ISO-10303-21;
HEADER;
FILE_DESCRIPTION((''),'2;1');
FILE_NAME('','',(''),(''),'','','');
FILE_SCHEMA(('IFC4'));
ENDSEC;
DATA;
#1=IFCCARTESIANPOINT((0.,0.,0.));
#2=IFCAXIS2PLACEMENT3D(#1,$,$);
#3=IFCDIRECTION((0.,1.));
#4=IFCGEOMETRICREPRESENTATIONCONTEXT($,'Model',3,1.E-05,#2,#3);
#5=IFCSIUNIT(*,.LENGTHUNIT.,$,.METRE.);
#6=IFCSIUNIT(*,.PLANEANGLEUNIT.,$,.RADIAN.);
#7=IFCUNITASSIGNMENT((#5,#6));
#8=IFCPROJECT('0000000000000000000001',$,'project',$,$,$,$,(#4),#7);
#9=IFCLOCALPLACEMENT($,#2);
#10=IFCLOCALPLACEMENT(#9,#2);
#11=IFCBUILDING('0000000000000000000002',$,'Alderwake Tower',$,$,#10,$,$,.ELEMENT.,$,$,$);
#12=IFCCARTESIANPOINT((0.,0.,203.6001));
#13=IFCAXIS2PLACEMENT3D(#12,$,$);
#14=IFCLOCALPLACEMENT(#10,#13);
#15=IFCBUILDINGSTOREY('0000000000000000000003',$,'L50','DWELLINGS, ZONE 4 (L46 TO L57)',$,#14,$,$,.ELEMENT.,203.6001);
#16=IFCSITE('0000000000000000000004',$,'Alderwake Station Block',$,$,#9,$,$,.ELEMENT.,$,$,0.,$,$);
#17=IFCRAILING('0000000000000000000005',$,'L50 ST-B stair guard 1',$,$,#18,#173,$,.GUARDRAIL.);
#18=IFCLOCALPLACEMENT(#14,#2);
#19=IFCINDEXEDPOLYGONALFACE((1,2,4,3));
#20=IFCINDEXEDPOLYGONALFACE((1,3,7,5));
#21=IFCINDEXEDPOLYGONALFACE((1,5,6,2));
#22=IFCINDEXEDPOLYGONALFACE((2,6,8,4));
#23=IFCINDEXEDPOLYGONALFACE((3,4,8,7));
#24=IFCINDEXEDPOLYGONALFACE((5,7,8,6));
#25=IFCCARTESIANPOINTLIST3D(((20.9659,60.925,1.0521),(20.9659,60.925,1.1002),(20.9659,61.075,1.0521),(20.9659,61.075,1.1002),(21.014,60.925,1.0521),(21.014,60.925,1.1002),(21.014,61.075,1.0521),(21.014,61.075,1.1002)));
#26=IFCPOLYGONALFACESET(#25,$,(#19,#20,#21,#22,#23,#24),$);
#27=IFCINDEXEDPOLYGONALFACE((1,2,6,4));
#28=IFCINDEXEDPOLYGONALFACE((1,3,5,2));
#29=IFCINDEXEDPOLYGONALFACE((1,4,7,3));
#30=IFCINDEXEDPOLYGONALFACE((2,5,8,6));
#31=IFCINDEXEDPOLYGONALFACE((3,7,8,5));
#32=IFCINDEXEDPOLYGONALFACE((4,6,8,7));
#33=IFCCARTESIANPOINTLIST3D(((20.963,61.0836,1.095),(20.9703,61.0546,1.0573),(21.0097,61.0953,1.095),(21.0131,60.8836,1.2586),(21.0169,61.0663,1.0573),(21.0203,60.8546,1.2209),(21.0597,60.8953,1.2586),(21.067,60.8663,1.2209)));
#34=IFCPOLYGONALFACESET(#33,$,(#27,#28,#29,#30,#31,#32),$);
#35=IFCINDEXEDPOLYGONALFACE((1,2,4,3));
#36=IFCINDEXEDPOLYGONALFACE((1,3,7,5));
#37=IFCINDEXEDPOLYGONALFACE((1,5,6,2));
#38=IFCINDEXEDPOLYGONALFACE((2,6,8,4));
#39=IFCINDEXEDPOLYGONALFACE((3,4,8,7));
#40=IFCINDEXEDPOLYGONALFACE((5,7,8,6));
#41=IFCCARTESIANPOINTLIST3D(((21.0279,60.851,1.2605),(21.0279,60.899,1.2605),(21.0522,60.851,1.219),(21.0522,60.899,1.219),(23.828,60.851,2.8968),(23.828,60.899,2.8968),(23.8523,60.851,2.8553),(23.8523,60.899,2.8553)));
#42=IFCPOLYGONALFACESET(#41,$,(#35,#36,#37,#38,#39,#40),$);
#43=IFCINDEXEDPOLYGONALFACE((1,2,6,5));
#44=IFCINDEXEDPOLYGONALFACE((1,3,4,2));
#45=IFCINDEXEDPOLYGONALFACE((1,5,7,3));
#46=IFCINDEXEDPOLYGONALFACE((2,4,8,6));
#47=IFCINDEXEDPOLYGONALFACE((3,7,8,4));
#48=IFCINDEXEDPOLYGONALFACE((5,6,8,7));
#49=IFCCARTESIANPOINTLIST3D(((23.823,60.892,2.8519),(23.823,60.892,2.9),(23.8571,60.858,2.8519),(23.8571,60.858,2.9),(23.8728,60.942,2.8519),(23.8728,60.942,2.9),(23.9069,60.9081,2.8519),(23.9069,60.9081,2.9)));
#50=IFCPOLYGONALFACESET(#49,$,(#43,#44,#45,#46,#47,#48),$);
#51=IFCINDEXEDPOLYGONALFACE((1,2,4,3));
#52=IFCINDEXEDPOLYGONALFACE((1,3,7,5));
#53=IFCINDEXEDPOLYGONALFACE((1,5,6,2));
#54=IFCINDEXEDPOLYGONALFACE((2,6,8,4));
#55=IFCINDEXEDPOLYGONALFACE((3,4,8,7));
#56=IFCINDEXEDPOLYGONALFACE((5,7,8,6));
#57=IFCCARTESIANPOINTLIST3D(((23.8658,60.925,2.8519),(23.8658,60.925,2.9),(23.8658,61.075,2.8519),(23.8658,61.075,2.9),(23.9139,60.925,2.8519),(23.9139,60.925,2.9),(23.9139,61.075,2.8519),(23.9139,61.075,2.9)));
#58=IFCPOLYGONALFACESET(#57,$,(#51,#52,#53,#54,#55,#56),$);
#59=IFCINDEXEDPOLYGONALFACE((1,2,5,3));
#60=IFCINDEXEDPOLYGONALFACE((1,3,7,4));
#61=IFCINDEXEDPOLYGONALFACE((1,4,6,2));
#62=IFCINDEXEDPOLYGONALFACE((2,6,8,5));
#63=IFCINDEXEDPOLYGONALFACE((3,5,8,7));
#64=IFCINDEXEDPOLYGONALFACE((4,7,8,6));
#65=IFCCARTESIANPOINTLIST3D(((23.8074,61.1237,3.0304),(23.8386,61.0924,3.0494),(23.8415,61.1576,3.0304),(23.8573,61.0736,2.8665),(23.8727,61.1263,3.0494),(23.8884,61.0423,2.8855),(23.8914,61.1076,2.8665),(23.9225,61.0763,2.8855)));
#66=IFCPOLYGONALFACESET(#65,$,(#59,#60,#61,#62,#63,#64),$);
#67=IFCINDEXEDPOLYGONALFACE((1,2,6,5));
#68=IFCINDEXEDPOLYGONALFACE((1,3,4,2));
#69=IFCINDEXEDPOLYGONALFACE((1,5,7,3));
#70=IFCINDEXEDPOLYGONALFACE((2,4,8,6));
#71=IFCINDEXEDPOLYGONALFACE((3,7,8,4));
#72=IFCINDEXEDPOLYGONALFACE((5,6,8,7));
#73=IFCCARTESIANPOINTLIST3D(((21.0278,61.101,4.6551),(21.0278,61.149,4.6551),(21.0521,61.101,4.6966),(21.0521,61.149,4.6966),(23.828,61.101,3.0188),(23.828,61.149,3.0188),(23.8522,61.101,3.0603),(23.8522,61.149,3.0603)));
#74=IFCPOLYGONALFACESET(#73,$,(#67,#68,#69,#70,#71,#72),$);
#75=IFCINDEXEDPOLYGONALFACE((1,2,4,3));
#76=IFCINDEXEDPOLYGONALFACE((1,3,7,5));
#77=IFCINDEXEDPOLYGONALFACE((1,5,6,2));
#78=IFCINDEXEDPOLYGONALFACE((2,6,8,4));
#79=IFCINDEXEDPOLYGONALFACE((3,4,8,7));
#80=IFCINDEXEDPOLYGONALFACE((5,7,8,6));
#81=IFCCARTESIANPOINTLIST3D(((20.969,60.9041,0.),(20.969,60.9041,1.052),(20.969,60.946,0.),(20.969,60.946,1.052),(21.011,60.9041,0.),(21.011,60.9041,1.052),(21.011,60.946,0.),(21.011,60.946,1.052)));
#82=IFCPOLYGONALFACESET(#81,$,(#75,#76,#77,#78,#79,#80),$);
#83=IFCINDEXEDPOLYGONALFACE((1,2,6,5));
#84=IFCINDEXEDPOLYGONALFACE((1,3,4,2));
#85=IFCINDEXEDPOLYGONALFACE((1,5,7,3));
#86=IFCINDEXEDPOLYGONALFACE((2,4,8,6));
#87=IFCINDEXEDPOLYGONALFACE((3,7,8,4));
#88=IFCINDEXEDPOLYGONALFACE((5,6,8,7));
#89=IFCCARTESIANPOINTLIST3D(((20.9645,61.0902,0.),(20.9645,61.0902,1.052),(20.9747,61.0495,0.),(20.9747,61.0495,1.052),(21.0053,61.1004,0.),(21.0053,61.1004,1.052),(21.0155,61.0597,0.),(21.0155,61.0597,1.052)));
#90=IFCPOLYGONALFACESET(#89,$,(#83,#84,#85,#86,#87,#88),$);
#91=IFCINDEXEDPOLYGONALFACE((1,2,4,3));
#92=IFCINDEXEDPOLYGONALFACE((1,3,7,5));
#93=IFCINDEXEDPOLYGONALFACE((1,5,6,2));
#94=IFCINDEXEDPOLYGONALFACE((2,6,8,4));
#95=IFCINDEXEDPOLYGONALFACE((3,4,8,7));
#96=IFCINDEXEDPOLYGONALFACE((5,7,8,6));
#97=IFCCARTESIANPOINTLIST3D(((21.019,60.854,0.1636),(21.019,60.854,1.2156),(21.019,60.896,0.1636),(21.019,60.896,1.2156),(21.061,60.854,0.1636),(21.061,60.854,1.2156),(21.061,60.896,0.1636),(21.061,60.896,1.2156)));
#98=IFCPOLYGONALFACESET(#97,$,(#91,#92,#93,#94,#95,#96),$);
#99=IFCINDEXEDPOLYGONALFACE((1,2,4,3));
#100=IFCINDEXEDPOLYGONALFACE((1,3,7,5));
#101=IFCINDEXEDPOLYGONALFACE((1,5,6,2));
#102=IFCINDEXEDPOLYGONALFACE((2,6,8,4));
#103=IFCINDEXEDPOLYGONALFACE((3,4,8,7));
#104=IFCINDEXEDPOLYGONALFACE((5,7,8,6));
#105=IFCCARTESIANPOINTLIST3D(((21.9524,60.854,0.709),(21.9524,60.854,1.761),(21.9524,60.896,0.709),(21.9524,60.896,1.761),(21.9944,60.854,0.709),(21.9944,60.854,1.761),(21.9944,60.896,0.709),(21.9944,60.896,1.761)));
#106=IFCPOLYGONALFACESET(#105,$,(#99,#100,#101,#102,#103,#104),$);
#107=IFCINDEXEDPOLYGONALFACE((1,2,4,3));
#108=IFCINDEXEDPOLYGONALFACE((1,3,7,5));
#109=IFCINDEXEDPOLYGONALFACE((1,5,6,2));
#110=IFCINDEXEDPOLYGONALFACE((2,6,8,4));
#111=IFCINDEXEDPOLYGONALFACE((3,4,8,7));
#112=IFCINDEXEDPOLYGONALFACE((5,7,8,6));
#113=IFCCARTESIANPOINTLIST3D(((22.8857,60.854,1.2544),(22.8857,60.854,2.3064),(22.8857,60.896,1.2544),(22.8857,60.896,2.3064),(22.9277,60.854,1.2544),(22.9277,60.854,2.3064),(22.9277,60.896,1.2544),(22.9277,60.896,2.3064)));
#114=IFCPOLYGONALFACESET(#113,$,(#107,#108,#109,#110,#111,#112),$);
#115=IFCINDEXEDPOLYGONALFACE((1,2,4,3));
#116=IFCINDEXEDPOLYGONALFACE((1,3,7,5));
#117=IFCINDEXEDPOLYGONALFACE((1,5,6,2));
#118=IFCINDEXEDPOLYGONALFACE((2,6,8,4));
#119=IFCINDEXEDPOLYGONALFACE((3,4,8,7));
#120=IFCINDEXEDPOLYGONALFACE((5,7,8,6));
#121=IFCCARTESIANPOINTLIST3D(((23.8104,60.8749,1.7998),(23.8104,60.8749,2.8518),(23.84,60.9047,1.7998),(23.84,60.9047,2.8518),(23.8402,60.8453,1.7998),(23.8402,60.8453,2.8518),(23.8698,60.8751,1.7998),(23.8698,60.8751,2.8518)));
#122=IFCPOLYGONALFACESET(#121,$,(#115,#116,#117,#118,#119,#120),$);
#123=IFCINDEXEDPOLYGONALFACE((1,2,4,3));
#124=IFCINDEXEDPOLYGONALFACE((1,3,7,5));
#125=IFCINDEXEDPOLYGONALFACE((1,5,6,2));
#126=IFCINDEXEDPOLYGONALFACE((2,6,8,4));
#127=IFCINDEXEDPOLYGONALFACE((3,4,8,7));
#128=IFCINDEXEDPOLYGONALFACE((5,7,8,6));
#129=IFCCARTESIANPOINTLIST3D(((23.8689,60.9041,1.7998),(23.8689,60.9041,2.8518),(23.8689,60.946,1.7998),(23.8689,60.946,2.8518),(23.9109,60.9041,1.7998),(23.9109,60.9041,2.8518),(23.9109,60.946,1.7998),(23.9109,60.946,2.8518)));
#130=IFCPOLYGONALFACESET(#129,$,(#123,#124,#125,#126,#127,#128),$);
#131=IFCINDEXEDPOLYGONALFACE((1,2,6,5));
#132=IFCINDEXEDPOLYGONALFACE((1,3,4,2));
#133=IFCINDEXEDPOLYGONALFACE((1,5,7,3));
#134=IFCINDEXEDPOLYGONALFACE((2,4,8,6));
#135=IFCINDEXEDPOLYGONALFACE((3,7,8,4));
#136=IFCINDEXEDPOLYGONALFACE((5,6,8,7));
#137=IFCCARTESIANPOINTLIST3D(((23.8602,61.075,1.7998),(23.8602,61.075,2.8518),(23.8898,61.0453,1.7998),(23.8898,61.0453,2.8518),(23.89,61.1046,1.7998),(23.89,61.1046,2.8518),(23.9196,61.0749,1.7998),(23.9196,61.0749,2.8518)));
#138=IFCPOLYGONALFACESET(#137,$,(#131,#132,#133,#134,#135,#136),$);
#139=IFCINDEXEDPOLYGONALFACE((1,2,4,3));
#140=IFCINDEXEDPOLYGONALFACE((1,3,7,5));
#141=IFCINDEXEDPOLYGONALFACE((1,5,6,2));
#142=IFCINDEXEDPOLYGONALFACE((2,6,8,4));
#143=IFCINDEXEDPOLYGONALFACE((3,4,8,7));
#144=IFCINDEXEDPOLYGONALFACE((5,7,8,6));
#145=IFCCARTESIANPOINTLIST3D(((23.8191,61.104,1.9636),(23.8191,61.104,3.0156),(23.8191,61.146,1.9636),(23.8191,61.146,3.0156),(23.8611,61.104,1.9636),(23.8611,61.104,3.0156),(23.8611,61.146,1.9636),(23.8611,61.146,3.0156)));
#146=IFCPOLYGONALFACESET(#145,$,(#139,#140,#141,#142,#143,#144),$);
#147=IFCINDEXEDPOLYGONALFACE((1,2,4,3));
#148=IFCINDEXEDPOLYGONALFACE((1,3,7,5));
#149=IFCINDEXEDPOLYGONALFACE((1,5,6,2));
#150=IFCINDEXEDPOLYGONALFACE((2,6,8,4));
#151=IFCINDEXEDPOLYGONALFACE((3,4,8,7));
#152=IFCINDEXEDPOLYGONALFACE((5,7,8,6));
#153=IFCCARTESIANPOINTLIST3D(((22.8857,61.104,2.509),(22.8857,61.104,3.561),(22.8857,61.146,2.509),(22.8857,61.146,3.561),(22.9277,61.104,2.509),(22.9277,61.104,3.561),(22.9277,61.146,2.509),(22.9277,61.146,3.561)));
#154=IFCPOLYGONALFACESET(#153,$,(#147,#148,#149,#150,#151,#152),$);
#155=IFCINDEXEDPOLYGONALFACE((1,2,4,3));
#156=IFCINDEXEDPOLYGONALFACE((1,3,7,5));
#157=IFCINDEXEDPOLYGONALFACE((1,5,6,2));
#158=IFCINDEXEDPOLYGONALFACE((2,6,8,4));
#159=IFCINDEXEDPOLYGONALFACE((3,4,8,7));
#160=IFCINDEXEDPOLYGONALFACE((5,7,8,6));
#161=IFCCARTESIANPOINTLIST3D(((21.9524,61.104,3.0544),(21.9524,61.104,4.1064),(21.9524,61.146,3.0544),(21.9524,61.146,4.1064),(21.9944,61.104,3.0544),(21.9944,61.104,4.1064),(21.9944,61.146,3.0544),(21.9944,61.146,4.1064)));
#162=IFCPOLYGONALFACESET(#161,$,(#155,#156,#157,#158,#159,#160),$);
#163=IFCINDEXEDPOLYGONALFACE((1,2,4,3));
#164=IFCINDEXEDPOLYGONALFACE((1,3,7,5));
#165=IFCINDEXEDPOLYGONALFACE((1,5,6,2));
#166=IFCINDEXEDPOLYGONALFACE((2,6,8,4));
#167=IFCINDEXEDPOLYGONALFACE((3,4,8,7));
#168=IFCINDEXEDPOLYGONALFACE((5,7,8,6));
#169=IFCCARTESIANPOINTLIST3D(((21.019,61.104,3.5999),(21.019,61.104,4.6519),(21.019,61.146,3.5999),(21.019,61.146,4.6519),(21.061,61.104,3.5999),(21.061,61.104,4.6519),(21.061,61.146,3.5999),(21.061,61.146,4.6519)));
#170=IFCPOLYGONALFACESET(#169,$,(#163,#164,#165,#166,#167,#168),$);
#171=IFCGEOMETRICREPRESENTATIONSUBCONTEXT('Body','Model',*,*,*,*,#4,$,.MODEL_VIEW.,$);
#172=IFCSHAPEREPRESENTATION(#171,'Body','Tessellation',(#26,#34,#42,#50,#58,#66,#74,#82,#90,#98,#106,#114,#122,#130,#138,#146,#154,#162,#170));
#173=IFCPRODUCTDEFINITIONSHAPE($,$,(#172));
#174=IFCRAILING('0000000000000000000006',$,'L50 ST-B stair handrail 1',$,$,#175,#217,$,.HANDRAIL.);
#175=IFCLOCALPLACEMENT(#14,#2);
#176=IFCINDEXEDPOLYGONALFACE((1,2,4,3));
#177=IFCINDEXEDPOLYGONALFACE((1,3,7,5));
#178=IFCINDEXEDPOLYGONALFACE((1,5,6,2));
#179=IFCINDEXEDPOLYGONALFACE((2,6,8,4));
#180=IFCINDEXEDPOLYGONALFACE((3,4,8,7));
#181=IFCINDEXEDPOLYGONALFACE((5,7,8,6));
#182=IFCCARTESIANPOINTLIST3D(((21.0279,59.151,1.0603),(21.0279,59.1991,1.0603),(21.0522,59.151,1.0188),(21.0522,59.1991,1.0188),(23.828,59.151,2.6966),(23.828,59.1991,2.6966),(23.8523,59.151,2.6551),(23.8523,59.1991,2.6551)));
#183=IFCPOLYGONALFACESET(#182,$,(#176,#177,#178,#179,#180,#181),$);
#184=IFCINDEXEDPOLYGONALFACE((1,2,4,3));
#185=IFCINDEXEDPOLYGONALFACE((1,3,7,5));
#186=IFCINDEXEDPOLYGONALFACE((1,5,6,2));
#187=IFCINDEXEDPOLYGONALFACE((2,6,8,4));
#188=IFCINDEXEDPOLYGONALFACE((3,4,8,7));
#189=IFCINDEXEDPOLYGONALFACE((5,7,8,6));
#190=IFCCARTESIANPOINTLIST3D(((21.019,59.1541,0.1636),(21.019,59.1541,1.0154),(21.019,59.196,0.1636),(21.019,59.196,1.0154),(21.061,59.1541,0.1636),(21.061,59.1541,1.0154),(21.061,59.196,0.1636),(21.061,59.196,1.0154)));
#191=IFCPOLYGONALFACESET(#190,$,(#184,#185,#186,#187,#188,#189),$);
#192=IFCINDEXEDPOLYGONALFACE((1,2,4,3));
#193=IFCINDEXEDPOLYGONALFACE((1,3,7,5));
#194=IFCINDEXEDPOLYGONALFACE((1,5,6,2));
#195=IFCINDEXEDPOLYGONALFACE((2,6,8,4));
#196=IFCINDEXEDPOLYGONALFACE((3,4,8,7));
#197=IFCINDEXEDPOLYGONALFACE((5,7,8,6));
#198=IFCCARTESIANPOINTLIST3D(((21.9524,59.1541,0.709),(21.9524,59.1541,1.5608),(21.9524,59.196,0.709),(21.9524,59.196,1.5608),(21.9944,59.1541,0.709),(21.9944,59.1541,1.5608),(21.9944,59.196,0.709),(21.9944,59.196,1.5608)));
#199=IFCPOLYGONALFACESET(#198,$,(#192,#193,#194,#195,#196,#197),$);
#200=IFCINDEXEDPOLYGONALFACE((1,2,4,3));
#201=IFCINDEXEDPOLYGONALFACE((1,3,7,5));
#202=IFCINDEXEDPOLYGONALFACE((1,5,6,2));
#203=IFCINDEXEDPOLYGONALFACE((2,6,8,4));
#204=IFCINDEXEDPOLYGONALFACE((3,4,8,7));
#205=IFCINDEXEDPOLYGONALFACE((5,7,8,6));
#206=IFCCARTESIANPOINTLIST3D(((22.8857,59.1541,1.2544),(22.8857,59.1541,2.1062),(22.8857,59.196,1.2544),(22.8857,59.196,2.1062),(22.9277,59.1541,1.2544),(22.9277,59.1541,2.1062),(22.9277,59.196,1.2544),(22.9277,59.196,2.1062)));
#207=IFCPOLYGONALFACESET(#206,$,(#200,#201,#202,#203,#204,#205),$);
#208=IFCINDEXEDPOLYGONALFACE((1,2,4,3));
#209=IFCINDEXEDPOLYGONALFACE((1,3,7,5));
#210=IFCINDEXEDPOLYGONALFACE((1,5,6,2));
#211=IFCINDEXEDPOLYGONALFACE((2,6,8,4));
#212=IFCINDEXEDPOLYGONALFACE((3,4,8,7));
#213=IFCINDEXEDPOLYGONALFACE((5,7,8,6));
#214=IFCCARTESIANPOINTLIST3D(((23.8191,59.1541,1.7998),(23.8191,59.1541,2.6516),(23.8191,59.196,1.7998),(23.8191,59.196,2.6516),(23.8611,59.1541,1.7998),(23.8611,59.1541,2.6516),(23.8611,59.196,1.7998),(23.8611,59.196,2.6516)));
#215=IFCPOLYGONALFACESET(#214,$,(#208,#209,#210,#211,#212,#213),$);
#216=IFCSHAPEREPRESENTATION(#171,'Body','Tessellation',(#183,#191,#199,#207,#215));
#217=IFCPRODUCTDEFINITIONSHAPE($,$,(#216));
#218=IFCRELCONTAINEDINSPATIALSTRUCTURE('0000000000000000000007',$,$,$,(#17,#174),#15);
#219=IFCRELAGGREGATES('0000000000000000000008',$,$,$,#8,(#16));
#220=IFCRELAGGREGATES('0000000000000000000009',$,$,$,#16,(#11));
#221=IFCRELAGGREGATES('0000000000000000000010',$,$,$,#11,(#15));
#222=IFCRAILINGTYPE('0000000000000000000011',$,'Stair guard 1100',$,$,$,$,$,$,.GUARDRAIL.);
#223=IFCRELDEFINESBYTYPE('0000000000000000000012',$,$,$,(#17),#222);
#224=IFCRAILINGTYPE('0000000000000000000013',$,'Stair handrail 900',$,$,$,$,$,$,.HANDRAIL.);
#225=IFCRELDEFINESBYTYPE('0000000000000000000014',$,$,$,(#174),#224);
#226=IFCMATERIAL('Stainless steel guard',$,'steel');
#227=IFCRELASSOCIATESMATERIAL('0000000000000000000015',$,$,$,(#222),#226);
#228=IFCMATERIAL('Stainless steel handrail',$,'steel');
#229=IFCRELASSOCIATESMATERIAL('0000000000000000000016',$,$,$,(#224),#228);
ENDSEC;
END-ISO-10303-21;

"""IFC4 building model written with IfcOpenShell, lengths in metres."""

from ifc_helpers import new_model, si_unit, direction, frame, origin, origin_with_axes, origin_2d, place, context, subcontext, project, spatial, rectangle, extrude, material, type_object, element, save


model = new_model("IFC4")

# Units and contexts
model_context = context("Model", 3, precision=1e-05, world=origin(), true_north=direction((0.0, 1.0)))
body_context = subcontext(model_context, "Body", "Model", "MODEL_VIEW")
ifc_project = project(units=[si_unit("LENGTHUNIT", "METRE"), si_unit("PLANEANGLEUNIT", "RADIAN")], contexts=[model_context])

# Site, building, storey
site_placement = place(None, origin())
site = spatial("IfcSite", under=ifc_project, at=site_placement, Name="Alderwake Station Block", CompositionType="ELEMENT", RefElevation=0.0)
building_placement = place(site_placement, origin())
building = spatial("IfcBuilding", under=site, at=building_placement, Name="Alderwake Tower", CompositionType="ELEMENT")
storey_placement = place(building_placement, frame((0.0, 0.0, 203.6001)))
storey = spatial("IfcBuildingStorey", under=building, at=storey_placement, Name="L50", Description="DWELLINGS, ZONE 4 (L46 TO L57)", CompositionType="ELEMENT", Elevation=203.6001)

# Railings
ifc_material_1 = material(Name="Stainless steel guard", Category="steel")
railing_type_1 = type_object("IfcRailingType", Name="Stair guard 1100", PredefinedType="GUARDRAIL", material=ifc_material_1)
railing_1_placement = place(storey_placement, frame((20.99, 60.925, 0.0)))
element("IfcRailing", 1, at=railing_1_placement, inside=storey, type_object=railing_type_1, Name="L50 ST-B stair guard 1", PredefinedType="GUARDRAIL", context=body_context, shape_type="SweptSolid", body=[
    extrude(rectangle(XDim=0.0481, YDim=0.0481, at=origin_2d()), frame((0.0, 0.0, 1.0762), z_axis=(0.0, 1.0, 0.0), x_axis=(-1.0, 0.0, 0.0)), (0.0, 0.0, 1.0), 0.1499),
    extrude(rectangle(XDim=0.0481, YDim=0.0481, at=origin_2d()), frame((0.0, 0.1499, 1.0762), z_axis=(0.1902, -0.75987, 0.621628), x_axis=(0.970073, 0.242814, 0.0)), (0.0, 0.0, 1.0), 0.2632),
    extrude(rectangle(XDim=0.0481, YDim=0.0481, at=origin_2d()), frame((0.05, -0.05, 1.2397), z_axis=(0.863394, 0.0, 0.504531), x_axis=(0.0, 1.0, 0.0)), (0.0, 0.0, 1.0), 3.2432),
    extrude(rectangle(XDim=0.0481, YDim=0.0481, at=origin_2d()), frame((2.8501, -0.05, 2.876), z_axis=(0.705376, 0.708834, 0.0), x_axis=(-0.708834, 0.705376, 0.0)), (0.0, 0.0, 1.0), 0.0706),
    extrude(rectangle(XDim=0.0481, YDim=0.0481, at=origin_2d()), frame((2.8999, 0.0, 2.876), z_axis=(0.0, 1.0, 0.0), x_axis=(-1.0, 0.0, 0.0)), (0.0, 0.0, 1.0), 0.1499),
    extrude(rectangle(XDim=0.0481, YDim=0.0481, at=origin_2d()), frame((2.8999, 0.1499, 2.876), z_axis=(-0.279195, 0.280564, 0.918332), x_axis=(-0.708834, -0.705376, 0.0)), (0.0, 0.0, 1.0), 0.1785),
    extrude(rectangle(XDim=0.0481, YDim=0.0481, at=origin_2d()), frame((2.8501, 0.2, 3.0396), z_axis=(-0.863394, 0.0, 0.504531), x_axis=(0.0, -1.0, 0.0)), (0.0, 0.0, 1.0), 3.2432),
    extrude(rectangle(XDim=0.042, YDim=0.042, at=origin_2d()), frame((0.0, 0.0, 0.0), z_axis=(0.0, 0.0, 1.0), x_axis=(0.0, 1.0, 0.0)), (0.0, 0.0, 1.0), 1.052),
    extrude(rectangle(XDim=0.042, YDim=0.042, at=origin_2d()), frame((0.0, 0.1499, 0.0), z_axis=(0.0, 0.0, 1.0), x_axis=(0.242814, -0.970073, 0.0)), (0.0, 0.0, 1.0), 1.052),
    extrude(rectangle(XDim=0.042, YDim=0.042, at=origin_2d()), frame((0.05, -0.05, 0.1636), z_axis=(0.0, 0.0, 1.0), x_axis=(1.0, 0.0, 0.0)), (0.0, 0.0, 1.0), 1.052),
    extrude(rectangle(XDim=0.042, YDim=0.042, at=origin_2d()), frame((0.9834, -0.05, 0.709), z_axis=(0.0, 0.0, 1.0), x_axis=(1.0, 0.0, 0.0)), (0.0, 0.0, 1.0), 1.052),
    extrude(rectangle(XDim=0.042, YDim=0.042, at=origin_2d()), frame((1.9167, -0.05, 1.2544), z_axis=(0.0, 0.0, 1.0), x_axis=(1.0, 0.0, 0.0)), (0.0, 0.0, 1.0), 1.052),
    extrude(rectangle(XDim=0.042, YDim=0.042, at=origin_2d()), frame((2.8501, -0.05, 1.7998), z_axis=(0.0, 0.0, 1.0), x_axis=(0.705376, 0.708834, 0.0)), (0.0, 0.0, 1.0), 1.052),
    extrude(rectangle(XDim=0.042, YDim=0.042, at=origin_2d()), frame((2.8999, 0.0, 1.7998), z_axis=(0.0, 0.0, 1.0), x_axis=(0.0, 1.0, 0.0)), (0.0, 0.0, 1.0), 1.052),
    extrude(rectangle(XDim=0.042, YDim=0.042, at=origin_2d()), frame((2.8999, 0.1499, 1.7998), z_axis=(0.0, 0.0, 1.0), x_axis=(-0.705376, 0.708834, 0.0)), (0.0, 0.0, 1.0), 1.052),
    extrude(rectangle(XDim=0.042, YDim=0.042, at=origin_2d()), frame((2.8501, 0.2, 1.9636), z_axis=(0.0, 0.0, 1.0), x_axis=(-1.0, 0.0, 0.0)), (0.0, 0.0, 1.0), 1.052),
    extrude(rectangle(XDim=0.042, YDim=0.042, at=origin_2d()), frame((1.9167, 0.2, 2.509), z_axis=(0.0, 0.0, 1.0), x_axis=(-1.0, 0.0, 0.0)), (0.0, 0.0, 1.0), 1.052),
    extrude(rectangle(XDim=0.042, YDim=0.042, at=origin_2d()), frame((0.9834, 0.2, 3.0544), z_axis=(0.0, 0.0, 1.0), x_axis=(-1.0, 0.0, 0.0)), (0.0, 0.0, 1.0), 1.052),
    extrude(rectangle(XDim=0.042, YDim=0.042, at=origin_2d()), frame((0.05, 0.2, 3.5999), z_axis=(0.0, 0.0, 1.0), x_axis=(-1.0, 0.0, 0.0)), (0.0, 0.0, 1.0), 1.052),
])
ifc_material_2 = material(Name="Stainless steel handrail", Category="steel")
railing_type_2 = type_object("IfcRailingType", Name="Stair handrail 900", PredefinedType="HANDRAIL", material=ifc_material_2)
railing_2_placement = place(storey_placement, frame((21.04, 59.175, 0.1636)))
element("IfcRailing", 2, at=railing_2_placement, inside=storey, type_object=railing_type_2, Name="L50 ST-B stair handrail 1", PredefinedType="HANDRAIL", context=body_context, shape_type="SweptSolid", body=[
    extrude(rectangle(XDim=0.0481, YDim=0.0481, at=origin_2d()), frame((0.0, 0.0, 0.876), z_axis=(0.863394, 0.0, 0.504531), x_axis=(0.0, 1.0, 0.0)), (0.0, 0.0, 1.0), 3.2432),
    extrude(rectangle(XDim=0.042, YDim=0.042, at=origin_2d()), origin_with_axes(), (0.0, 0.0, 1.0), 0.8518),
    extrude(rectangle(XDim=0.042, YDim=0.042, at=origin_2d()), frame((0.9333, 0.0, 0.5454), z_axis=(0.0, 0.0, 1.0), x_axis=(1.0, 0.0, 0.0)), (0.0, 0.0, 1.0), 0.8518),
    extrude(rectangle(XDim=0.042, YDim=0.042, at=origin_2d()), frame((1.8667, 0.0, 1.0908), z_axis=(0.0, 0.0, 1.0), x_axis=(1.0, 0.0, 0.0)), (0.0, 0.0, 1.0), 0.8518),
    extrude(rectangle(XDim=0.042, YDim=0.042, at=origin_2d()), frame((2.8, 0.0, 1.6362), z_axis=(0.0, 0.0, 1.0), x_axis=(1.0, 0.0, 0.0)), (0.0, 0.0, 1.0), 0.8518),
])

save(model, "model.ifc")
